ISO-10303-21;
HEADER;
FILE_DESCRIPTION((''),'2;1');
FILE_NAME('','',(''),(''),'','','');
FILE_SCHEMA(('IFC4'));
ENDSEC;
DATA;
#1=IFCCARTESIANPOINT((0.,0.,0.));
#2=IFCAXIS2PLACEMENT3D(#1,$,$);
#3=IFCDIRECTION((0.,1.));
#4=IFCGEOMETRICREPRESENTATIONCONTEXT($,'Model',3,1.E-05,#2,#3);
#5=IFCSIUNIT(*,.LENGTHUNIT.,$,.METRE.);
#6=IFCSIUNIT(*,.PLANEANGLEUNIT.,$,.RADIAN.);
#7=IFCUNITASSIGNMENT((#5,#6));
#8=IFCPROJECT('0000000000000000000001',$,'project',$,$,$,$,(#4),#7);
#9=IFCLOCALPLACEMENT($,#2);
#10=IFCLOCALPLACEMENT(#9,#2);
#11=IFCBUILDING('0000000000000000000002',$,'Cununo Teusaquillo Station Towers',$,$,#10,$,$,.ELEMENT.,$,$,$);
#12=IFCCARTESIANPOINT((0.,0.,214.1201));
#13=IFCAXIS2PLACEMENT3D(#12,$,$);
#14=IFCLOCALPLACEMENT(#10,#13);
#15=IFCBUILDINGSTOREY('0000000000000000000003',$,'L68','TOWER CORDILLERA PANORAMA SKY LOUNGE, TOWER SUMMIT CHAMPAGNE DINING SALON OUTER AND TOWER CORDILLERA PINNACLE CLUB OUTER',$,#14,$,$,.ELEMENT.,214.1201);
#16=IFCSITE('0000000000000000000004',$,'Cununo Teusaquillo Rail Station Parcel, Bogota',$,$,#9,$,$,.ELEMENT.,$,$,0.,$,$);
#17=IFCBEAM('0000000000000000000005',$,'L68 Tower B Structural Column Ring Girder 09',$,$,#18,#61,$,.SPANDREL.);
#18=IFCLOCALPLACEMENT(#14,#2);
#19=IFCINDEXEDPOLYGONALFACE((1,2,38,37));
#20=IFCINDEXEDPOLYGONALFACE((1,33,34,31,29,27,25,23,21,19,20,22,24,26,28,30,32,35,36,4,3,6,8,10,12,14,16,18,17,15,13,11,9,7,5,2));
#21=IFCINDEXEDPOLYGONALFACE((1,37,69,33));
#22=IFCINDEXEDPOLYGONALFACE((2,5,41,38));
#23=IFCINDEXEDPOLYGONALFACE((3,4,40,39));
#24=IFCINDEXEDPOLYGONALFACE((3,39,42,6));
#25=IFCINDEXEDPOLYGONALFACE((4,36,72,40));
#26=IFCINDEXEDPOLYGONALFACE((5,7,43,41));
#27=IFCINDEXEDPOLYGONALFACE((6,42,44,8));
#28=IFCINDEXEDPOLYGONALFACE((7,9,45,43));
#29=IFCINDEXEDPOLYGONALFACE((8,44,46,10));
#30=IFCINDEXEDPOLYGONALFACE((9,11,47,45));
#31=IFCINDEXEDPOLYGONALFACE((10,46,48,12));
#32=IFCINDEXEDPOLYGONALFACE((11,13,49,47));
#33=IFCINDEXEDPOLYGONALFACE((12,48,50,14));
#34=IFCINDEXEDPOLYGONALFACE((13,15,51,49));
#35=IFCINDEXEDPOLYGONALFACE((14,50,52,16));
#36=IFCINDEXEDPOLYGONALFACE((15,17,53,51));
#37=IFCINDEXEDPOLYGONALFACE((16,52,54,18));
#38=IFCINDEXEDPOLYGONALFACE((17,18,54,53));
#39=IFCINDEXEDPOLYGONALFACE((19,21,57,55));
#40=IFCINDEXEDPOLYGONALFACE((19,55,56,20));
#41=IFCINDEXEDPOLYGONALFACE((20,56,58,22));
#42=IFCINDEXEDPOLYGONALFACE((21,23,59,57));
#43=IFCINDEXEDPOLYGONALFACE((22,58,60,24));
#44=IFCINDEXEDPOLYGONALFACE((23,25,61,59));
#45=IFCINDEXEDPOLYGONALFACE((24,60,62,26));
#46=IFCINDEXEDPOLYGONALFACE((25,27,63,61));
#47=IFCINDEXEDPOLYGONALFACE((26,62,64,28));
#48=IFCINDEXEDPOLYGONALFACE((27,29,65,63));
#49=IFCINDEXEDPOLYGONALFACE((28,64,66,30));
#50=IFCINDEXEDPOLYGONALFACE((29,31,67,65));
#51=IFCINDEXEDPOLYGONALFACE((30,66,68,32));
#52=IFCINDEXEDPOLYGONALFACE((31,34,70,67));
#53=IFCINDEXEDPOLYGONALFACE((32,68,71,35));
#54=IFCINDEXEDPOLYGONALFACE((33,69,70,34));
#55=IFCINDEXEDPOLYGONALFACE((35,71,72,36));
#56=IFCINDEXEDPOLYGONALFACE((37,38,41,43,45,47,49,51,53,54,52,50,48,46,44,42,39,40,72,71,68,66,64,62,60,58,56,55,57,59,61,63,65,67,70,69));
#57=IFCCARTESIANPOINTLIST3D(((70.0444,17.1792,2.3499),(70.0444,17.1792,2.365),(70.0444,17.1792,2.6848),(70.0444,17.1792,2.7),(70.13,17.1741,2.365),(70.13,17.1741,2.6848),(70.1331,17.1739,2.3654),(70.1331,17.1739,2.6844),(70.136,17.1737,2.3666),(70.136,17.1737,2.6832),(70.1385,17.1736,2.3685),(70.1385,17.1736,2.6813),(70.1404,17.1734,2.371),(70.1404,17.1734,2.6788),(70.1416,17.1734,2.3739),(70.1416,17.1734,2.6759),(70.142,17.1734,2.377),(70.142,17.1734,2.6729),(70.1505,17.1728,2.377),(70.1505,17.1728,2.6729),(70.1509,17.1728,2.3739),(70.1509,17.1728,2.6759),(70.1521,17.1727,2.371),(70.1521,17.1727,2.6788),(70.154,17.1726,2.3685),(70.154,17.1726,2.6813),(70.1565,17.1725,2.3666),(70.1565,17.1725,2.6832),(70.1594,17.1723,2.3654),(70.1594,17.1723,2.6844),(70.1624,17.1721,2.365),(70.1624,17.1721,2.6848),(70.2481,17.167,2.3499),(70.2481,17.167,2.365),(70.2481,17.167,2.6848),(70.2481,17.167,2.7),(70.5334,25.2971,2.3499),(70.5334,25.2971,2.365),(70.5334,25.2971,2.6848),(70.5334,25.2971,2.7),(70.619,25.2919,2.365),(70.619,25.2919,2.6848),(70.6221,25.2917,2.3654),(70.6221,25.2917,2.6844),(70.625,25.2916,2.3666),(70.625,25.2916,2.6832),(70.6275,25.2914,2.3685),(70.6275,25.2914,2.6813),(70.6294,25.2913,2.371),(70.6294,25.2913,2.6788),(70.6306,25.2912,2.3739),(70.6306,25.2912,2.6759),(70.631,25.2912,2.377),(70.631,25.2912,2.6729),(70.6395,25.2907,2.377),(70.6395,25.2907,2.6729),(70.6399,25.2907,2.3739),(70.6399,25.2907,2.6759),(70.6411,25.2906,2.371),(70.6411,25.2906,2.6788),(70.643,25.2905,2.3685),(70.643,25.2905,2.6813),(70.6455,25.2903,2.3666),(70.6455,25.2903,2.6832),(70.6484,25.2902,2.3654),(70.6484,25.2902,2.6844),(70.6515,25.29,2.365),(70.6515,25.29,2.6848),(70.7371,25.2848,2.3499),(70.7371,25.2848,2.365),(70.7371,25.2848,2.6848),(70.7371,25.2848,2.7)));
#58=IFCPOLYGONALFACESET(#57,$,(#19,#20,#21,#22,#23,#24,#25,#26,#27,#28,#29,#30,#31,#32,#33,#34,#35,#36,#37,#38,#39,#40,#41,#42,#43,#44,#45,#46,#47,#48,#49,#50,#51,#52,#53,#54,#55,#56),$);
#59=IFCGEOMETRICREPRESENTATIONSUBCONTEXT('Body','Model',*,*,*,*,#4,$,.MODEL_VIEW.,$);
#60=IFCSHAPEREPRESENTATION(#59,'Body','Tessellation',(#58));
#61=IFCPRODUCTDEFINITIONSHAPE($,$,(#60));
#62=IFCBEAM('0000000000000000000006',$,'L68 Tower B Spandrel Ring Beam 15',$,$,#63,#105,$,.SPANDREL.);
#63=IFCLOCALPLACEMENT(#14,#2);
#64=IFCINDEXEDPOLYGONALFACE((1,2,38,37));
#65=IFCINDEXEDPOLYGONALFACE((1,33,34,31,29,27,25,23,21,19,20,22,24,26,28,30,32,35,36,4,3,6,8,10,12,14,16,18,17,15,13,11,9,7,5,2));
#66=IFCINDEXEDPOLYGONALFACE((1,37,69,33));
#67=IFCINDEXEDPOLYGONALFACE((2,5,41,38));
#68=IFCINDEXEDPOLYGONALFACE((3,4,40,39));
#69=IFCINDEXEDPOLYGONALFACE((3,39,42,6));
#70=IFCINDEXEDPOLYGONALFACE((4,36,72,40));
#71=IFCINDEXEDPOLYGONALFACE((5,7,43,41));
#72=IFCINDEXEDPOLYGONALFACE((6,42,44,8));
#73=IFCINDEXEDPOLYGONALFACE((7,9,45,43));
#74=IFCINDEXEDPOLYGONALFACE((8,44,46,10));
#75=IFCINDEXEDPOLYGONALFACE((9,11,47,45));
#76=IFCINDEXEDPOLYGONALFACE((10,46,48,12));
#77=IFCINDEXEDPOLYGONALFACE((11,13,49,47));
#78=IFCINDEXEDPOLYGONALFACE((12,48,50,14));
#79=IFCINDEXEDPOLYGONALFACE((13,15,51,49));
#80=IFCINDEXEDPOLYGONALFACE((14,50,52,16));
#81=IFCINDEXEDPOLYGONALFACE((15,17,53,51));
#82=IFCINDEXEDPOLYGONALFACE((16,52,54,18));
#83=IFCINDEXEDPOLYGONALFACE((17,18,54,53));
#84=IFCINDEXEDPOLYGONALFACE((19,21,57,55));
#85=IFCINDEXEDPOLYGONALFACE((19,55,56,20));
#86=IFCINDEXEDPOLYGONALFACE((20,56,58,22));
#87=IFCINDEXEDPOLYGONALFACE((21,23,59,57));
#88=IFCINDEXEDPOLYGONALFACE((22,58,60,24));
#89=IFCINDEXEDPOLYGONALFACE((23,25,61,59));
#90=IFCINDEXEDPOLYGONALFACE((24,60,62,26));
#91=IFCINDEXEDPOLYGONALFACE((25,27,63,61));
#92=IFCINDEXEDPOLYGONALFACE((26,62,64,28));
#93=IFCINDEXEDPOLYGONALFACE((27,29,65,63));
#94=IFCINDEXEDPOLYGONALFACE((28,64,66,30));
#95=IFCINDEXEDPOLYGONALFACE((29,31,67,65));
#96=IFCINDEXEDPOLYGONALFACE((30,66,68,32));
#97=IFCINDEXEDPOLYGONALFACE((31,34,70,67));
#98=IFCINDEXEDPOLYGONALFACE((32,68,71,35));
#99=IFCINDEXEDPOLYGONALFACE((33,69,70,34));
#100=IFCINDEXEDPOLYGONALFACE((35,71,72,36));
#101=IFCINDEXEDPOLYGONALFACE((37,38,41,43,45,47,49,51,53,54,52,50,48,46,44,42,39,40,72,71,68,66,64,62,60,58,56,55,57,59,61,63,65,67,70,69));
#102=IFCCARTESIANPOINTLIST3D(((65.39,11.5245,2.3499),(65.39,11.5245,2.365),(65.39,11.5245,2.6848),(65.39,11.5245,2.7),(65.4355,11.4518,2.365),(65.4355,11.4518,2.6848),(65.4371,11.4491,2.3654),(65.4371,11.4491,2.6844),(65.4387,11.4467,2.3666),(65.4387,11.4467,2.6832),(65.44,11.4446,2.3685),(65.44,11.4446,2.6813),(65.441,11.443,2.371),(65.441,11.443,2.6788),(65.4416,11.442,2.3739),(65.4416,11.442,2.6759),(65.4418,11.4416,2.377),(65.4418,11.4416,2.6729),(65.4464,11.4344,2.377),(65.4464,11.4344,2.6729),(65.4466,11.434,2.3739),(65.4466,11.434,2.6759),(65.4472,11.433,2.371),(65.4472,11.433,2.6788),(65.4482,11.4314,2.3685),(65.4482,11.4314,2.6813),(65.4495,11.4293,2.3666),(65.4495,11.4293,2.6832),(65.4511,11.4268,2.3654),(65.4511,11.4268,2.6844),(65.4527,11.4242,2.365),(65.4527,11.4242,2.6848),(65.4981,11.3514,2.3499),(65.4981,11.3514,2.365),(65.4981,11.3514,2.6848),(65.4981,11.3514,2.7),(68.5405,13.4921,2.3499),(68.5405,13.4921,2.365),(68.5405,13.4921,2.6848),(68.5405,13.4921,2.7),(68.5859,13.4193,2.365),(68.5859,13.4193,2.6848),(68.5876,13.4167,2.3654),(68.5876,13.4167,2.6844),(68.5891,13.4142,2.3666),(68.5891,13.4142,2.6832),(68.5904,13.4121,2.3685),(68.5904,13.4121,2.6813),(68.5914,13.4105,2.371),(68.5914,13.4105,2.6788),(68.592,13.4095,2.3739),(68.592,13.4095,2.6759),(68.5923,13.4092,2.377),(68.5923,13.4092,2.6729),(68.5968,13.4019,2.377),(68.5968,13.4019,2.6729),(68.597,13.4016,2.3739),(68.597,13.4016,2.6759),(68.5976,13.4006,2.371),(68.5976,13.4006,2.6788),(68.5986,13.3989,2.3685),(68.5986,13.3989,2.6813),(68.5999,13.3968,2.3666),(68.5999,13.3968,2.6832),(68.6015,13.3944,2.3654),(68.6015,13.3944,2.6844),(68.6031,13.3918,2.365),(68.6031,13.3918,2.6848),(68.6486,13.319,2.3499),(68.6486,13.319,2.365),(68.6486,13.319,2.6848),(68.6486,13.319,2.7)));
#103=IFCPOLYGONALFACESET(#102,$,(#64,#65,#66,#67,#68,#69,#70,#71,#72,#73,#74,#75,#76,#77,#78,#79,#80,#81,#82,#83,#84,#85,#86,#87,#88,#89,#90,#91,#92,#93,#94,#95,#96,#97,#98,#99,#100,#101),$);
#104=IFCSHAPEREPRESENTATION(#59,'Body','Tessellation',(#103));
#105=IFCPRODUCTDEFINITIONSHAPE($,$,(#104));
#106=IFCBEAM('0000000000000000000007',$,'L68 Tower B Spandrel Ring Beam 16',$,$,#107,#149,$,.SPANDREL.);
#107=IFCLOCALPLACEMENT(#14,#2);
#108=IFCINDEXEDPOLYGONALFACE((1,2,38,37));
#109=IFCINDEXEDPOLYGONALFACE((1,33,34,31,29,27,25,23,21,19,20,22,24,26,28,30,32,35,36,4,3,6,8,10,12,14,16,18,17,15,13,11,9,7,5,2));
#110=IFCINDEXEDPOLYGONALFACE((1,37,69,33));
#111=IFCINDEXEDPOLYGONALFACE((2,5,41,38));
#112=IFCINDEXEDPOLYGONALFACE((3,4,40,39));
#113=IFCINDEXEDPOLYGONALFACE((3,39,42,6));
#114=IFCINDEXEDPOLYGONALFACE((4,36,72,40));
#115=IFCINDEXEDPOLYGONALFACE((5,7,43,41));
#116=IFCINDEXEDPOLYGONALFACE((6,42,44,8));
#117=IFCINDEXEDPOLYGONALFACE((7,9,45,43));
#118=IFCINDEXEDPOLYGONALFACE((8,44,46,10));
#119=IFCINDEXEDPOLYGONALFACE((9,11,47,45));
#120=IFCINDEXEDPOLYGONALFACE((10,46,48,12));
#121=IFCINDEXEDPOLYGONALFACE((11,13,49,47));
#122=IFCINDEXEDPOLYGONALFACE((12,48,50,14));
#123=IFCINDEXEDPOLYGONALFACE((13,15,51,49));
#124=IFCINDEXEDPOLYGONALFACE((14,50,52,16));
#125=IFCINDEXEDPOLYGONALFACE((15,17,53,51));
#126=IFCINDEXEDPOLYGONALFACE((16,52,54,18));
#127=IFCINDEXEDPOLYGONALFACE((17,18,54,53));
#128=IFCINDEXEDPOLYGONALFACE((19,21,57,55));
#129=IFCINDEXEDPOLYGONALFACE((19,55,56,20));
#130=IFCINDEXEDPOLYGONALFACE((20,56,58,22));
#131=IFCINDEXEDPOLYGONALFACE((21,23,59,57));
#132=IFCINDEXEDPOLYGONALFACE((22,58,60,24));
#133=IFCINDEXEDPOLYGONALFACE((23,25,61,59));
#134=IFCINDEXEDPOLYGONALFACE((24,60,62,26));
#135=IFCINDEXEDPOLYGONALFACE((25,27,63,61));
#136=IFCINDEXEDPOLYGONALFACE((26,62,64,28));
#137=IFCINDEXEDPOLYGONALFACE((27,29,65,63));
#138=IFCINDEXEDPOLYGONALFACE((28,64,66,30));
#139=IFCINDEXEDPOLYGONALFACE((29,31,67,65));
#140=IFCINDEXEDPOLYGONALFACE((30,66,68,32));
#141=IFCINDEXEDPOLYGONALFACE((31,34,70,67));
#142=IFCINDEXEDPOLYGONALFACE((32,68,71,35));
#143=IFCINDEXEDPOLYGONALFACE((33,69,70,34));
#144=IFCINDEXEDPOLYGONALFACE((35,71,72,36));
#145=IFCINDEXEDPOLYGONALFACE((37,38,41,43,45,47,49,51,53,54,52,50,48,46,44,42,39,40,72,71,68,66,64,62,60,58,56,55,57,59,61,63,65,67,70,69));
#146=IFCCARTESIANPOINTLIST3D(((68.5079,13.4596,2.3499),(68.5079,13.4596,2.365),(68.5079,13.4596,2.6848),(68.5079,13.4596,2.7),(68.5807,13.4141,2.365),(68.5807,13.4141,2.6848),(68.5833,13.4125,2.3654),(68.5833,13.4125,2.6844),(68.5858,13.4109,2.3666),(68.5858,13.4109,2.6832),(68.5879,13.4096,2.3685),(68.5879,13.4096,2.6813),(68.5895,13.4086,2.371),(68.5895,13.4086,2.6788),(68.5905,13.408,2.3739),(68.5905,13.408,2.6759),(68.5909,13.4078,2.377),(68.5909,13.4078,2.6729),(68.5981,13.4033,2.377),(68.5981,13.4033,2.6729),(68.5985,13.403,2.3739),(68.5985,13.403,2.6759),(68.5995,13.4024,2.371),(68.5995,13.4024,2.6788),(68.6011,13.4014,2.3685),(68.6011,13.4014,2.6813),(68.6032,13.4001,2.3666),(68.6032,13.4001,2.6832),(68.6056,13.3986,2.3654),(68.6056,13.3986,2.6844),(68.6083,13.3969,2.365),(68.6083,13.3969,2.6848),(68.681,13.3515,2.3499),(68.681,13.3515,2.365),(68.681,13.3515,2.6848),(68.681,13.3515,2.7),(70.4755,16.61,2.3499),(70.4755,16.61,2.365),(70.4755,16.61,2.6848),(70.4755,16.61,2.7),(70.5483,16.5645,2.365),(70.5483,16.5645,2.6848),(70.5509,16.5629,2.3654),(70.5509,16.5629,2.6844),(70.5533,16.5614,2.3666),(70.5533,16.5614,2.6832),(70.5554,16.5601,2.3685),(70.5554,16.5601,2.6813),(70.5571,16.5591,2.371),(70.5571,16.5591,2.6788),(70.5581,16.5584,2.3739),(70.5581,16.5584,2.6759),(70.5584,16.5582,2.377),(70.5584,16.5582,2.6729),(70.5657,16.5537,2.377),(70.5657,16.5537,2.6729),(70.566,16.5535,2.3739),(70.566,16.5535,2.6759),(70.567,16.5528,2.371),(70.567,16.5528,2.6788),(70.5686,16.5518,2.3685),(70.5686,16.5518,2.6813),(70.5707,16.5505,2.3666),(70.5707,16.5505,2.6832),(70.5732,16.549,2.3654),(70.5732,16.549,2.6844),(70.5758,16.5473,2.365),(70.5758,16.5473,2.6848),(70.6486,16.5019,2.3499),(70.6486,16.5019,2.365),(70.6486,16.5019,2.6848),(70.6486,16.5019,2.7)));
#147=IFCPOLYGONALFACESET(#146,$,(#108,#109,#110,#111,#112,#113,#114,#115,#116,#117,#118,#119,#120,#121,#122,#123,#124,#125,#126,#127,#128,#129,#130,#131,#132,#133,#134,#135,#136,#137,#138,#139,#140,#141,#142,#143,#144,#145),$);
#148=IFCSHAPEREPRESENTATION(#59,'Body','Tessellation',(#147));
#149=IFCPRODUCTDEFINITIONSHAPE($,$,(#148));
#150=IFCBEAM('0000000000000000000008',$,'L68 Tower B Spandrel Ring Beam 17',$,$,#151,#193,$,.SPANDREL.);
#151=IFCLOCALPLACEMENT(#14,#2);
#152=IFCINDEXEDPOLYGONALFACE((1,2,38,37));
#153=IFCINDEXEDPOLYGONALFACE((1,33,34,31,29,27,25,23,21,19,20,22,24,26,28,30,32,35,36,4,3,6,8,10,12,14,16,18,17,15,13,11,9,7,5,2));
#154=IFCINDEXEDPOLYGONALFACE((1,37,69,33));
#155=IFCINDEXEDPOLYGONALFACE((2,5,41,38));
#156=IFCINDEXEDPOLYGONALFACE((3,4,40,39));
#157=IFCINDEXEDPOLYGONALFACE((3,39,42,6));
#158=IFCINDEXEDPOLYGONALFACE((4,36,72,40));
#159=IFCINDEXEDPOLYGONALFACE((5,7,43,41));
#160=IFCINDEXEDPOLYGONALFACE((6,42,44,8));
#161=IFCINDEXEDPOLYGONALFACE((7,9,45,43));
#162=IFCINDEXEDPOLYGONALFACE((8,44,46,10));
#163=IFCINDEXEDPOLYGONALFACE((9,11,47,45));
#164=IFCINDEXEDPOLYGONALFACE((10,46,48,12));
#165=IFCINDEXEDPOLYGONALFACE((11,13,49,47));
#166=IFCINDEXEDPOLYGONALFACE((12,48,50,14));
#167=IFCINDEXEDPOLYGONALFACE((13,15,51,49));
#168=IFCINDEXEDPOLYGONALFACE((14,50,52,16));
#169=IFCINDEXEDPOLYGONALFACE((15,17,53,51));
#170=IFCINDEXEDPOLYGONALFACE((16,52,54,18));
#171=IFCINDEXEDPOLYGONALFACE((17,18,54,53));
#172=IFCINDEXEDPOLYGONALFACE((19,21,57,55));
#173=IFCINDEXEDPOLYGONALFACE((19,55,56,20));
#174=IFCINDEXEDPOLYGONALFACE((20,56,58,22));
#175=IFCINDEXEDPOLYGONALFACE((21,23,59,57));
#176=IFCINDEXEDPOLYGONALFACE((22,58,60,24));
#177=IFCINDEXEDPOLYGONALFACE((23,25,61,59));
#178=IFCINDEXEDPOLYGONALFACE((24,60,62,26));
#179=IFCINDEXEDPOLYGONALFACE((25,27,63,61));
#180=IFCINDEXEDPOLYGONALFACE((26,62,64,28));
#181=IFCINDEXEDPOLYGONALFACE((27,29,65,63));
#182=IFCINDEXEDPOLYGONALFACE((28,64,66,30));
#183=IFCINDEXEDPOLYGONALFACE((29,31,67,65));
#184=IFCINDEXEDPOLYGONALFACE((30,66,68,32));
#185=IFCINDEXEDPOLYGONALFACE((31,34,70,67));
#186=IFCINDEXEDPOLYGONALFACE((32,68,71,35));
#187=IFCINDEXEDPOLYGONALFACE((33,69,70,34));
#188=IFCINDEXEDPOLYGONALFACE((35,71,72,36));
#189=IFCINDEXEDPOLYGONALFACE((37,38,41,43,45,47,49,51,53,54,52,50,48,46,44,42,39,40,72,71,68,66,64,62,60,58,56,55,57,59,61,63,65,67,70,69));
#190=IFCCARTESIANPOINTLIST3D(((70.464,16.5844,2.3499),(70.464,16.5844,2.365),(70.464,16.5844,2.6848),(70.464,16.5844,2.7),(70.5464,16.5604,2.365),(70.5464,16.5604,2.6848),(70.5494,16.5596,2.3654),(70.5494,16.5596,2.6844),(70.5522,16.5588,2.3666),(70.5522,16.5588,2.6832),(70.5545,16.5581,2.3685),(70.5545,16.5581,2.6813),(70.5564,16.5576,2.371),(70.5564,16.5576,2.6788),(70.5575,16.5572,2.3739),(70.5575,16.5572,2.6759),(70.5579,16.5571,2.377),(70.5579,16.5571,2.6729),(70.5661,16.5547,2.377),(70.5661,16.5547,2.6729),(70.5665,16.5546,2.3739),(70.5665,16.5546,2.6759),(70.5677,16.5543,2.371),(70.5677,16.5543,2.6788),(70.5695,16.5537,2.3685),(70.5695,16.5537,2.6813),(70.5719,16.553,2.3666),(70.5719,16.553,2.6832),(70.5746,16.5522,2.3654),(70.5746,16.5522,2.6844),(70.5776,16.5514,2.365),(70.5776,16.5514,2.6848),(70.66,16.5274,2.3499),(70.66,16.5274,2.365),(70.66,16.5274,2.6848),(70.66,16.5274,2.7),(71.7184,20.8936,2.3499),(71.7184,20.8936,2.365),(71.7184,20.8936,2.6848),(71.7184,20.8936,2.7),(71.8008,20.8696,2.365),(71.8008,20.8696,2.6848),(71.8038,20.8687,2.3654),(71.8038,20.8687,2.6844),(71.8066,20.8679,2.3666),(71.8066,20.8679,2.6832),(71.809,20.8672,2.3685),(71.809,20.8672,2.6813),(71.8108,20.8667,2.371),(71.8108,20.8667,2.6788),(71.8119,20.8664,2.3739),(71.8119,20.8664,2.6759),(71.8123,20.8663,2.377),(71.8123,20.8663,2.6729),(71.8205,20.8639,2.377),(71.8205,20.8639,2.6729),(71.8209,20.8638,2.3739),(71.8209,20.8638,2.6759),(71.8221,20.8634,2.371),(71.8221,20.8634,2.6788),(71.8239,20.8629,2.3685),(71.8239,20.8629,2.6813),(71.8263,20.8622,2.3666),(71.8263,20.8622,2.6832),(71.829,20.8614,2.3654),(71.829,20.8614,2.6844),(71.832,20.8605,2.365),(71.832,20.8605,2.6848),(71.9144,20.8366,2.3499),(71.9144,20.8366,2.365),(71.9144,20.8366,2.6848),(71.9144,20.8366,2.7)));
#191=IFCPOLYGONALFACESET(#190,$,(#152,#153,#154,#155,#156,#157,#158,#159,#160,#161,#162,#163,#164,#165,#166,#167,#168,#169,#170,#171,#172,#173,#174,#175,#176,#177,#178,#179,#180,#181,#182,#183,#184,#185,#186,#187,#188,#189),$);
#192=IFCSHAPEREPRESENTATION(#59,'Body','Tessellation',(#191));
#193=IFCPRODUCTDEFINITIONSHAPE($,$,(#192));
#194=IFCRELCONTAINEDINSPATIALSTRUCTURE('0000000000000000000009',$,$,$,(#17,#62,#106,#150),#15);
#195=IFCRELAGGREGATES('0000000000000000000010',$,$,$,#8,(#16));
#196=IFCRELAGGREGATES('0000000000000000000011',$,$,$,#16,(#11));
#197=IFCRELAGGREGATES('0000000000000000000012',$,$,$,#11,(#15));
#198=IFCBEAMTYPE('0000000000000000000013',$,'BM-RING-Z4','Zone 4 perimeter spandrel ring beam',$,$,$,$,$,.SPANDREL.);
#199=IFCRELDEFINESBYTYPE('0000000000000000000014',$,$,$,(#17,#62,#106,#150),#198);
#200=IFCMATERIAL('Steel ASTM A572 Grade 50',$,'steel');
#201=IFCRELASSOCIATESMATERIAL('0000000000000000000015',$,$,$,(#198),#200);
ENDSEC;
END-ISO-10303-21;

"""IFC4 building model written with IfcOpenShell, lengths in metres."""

from ifc_helpers import new_model, si_unit, direction, frame, origin, origin_2d, place, context, subcontext, project, spatial, i_section, extrude, material, material_profile, profile_set, type_object, element, save


model = new_model("IFC4")

# Units and contexts
model_context = context("Model", 3, precision=1e-05, world=origin(), true_north=direction((0.0, 1.0)))
body_context = subcontext(model_context, "Body", "Model", "MODEL_VIEW")
ifc_project = project(units=[si_unit("LENGTHUNIT", "METRE"), si_unit("PLANEANGLEUNIT", "RADIAN")], contexts=[model_context])

# Site, building, storey
site_placement = place(None, origin())
site = spatial("IfcSite", under=ifc_project, at=site_placement, Name="Cununo Teusaquillo Rail Station Parcel, Bogota", CompositionType="ELEMENT", RefElevation=0.0)
building_placement = place(site_placement, origin())
building = spatial("IfcBuilding", under=site, at=building_placement, Name="Cununo Teusaquillo Station Towers", CompositionType="ELEMENT")
storey_placement = place(building_placement, frame((0.0, 0.0, 214.1201)))
storey = spatial("IfcBuildingStorey", under=building, at=storey_placement, Name="L68", Description="TOWER CORDILLERA PANORAMA SKY LOUNGE, TOWER SUMMIT CHAMPAGNE DINING SALON OUTER AND TOWER CORDILLERA PINNACLE CLUB OUTER", CompositionType="ELEMENT", Elevation=214.1201)

# Beams
ifc_material_1 = material(Name="Steel ASTM A572 Grade 50", Category="steel")
ifc_material_profile_1 = material_profile(ifc_material_1, i_section(OverallWidth=0.2041, OverallDepth=0.3501, WebThickness=0.0085, FlangeThickness=0.0151, FilletRadius=0.012, at=origin_2d()), Name="W14X48")
ifc_profile_set_1 = profile_set([ifc_material_profile_1], Name="Steel ASTM A572 Grade 50")
beam_type_1 = type_object("IfcBeamType", Name="BM-RING-Z4", Description="Zone 4 perimeter spandrel ring beam", PredefinedType="SPANDREL", material=ifc_profile_set_1)
beam_1_placement = place(storey_placement, frame((70.1462, 17.1731, 2.5249), z_axis=(0.06013, 0.998191, 0.0), x_axis=(-0.998191, 0.06013, 0.0)))
element("IfcBeam", 1, at=beam_1_placement, inside=storey, type_object=beam_type_1, Name="L68 Tower B Structural Column Ring Girder 09", PredefinedType="SPANDREL", context=body_context, shape_type="SweptSolid", body=[
    extrude(i_section(OverallWidth=0.2041, OverallDepth=0.3501, WebThickness=0.0085, FlangeThickness=0.0151, FilletRadius=0.012, at=origin_2d()), origin(), (0.0, 0.0, 1.0), 8.1326),
])
for number, where, z_axis, x_axis, name in (
    (2, (65.4441, 11.438, 2.5249), (0.848176, 0.529715, 0.0), (-0.529715, 0.848176, 0.0), "L68 Tower B Spandrel Ring Beam 15"),
    (3, (68.5945, 13.4055, 2.5249), (0.529715, 0.848176, 0.0), (-0.848176, 0.529715, 0.0), "L68 Tower B Spandrel Ring Beam 16"),
):
    element("IfcBeam", number, at=place(storey_placement, frame(where, z_axis=z_axis, x_axis=x_axis)), inside=storey, type_object=beam_type_1, Name=name, PredefinedType="SPANDREL", context=body_context, shape_type="SweptSolid", body=[
        extrude(i_section(OverallWidth=0.2041, OverallDepth=0.3501, WebThickness=0.0085, FlangeThickness=0.0151, FilletRadius=0.012, at=origin_2d()), origin(), (0.0, 0.0, 1.0), 3.7144),
    ])
beam_2_placement = place(storey_placement, frame((70.562, 16.5559, 2.5249), z_axis=(0.279503, 0.960145, 0.0), x_axis=(-0.960145, 0.279503, 0.0)))
element("IfcBeam", 4, at=beam_2_placement, inside=storey, type_object=beam_type_1, Name="L68 Tower B Spandrel Ring Beam 17", PredefinedType="SPANDREL", context=body_context, shape_type="SweptSolid", body=[
    extrude(i_section(OverallWidth=0.2041, OverallDepth=0.3501, WebThickness=0.0085, FlangeThickness=0.0151, FilletRadius=0.012, at=origin_2d()), origin(), (0.0, 0.0, 1.0), 4.488),
])

save(model, "model.ifc")
